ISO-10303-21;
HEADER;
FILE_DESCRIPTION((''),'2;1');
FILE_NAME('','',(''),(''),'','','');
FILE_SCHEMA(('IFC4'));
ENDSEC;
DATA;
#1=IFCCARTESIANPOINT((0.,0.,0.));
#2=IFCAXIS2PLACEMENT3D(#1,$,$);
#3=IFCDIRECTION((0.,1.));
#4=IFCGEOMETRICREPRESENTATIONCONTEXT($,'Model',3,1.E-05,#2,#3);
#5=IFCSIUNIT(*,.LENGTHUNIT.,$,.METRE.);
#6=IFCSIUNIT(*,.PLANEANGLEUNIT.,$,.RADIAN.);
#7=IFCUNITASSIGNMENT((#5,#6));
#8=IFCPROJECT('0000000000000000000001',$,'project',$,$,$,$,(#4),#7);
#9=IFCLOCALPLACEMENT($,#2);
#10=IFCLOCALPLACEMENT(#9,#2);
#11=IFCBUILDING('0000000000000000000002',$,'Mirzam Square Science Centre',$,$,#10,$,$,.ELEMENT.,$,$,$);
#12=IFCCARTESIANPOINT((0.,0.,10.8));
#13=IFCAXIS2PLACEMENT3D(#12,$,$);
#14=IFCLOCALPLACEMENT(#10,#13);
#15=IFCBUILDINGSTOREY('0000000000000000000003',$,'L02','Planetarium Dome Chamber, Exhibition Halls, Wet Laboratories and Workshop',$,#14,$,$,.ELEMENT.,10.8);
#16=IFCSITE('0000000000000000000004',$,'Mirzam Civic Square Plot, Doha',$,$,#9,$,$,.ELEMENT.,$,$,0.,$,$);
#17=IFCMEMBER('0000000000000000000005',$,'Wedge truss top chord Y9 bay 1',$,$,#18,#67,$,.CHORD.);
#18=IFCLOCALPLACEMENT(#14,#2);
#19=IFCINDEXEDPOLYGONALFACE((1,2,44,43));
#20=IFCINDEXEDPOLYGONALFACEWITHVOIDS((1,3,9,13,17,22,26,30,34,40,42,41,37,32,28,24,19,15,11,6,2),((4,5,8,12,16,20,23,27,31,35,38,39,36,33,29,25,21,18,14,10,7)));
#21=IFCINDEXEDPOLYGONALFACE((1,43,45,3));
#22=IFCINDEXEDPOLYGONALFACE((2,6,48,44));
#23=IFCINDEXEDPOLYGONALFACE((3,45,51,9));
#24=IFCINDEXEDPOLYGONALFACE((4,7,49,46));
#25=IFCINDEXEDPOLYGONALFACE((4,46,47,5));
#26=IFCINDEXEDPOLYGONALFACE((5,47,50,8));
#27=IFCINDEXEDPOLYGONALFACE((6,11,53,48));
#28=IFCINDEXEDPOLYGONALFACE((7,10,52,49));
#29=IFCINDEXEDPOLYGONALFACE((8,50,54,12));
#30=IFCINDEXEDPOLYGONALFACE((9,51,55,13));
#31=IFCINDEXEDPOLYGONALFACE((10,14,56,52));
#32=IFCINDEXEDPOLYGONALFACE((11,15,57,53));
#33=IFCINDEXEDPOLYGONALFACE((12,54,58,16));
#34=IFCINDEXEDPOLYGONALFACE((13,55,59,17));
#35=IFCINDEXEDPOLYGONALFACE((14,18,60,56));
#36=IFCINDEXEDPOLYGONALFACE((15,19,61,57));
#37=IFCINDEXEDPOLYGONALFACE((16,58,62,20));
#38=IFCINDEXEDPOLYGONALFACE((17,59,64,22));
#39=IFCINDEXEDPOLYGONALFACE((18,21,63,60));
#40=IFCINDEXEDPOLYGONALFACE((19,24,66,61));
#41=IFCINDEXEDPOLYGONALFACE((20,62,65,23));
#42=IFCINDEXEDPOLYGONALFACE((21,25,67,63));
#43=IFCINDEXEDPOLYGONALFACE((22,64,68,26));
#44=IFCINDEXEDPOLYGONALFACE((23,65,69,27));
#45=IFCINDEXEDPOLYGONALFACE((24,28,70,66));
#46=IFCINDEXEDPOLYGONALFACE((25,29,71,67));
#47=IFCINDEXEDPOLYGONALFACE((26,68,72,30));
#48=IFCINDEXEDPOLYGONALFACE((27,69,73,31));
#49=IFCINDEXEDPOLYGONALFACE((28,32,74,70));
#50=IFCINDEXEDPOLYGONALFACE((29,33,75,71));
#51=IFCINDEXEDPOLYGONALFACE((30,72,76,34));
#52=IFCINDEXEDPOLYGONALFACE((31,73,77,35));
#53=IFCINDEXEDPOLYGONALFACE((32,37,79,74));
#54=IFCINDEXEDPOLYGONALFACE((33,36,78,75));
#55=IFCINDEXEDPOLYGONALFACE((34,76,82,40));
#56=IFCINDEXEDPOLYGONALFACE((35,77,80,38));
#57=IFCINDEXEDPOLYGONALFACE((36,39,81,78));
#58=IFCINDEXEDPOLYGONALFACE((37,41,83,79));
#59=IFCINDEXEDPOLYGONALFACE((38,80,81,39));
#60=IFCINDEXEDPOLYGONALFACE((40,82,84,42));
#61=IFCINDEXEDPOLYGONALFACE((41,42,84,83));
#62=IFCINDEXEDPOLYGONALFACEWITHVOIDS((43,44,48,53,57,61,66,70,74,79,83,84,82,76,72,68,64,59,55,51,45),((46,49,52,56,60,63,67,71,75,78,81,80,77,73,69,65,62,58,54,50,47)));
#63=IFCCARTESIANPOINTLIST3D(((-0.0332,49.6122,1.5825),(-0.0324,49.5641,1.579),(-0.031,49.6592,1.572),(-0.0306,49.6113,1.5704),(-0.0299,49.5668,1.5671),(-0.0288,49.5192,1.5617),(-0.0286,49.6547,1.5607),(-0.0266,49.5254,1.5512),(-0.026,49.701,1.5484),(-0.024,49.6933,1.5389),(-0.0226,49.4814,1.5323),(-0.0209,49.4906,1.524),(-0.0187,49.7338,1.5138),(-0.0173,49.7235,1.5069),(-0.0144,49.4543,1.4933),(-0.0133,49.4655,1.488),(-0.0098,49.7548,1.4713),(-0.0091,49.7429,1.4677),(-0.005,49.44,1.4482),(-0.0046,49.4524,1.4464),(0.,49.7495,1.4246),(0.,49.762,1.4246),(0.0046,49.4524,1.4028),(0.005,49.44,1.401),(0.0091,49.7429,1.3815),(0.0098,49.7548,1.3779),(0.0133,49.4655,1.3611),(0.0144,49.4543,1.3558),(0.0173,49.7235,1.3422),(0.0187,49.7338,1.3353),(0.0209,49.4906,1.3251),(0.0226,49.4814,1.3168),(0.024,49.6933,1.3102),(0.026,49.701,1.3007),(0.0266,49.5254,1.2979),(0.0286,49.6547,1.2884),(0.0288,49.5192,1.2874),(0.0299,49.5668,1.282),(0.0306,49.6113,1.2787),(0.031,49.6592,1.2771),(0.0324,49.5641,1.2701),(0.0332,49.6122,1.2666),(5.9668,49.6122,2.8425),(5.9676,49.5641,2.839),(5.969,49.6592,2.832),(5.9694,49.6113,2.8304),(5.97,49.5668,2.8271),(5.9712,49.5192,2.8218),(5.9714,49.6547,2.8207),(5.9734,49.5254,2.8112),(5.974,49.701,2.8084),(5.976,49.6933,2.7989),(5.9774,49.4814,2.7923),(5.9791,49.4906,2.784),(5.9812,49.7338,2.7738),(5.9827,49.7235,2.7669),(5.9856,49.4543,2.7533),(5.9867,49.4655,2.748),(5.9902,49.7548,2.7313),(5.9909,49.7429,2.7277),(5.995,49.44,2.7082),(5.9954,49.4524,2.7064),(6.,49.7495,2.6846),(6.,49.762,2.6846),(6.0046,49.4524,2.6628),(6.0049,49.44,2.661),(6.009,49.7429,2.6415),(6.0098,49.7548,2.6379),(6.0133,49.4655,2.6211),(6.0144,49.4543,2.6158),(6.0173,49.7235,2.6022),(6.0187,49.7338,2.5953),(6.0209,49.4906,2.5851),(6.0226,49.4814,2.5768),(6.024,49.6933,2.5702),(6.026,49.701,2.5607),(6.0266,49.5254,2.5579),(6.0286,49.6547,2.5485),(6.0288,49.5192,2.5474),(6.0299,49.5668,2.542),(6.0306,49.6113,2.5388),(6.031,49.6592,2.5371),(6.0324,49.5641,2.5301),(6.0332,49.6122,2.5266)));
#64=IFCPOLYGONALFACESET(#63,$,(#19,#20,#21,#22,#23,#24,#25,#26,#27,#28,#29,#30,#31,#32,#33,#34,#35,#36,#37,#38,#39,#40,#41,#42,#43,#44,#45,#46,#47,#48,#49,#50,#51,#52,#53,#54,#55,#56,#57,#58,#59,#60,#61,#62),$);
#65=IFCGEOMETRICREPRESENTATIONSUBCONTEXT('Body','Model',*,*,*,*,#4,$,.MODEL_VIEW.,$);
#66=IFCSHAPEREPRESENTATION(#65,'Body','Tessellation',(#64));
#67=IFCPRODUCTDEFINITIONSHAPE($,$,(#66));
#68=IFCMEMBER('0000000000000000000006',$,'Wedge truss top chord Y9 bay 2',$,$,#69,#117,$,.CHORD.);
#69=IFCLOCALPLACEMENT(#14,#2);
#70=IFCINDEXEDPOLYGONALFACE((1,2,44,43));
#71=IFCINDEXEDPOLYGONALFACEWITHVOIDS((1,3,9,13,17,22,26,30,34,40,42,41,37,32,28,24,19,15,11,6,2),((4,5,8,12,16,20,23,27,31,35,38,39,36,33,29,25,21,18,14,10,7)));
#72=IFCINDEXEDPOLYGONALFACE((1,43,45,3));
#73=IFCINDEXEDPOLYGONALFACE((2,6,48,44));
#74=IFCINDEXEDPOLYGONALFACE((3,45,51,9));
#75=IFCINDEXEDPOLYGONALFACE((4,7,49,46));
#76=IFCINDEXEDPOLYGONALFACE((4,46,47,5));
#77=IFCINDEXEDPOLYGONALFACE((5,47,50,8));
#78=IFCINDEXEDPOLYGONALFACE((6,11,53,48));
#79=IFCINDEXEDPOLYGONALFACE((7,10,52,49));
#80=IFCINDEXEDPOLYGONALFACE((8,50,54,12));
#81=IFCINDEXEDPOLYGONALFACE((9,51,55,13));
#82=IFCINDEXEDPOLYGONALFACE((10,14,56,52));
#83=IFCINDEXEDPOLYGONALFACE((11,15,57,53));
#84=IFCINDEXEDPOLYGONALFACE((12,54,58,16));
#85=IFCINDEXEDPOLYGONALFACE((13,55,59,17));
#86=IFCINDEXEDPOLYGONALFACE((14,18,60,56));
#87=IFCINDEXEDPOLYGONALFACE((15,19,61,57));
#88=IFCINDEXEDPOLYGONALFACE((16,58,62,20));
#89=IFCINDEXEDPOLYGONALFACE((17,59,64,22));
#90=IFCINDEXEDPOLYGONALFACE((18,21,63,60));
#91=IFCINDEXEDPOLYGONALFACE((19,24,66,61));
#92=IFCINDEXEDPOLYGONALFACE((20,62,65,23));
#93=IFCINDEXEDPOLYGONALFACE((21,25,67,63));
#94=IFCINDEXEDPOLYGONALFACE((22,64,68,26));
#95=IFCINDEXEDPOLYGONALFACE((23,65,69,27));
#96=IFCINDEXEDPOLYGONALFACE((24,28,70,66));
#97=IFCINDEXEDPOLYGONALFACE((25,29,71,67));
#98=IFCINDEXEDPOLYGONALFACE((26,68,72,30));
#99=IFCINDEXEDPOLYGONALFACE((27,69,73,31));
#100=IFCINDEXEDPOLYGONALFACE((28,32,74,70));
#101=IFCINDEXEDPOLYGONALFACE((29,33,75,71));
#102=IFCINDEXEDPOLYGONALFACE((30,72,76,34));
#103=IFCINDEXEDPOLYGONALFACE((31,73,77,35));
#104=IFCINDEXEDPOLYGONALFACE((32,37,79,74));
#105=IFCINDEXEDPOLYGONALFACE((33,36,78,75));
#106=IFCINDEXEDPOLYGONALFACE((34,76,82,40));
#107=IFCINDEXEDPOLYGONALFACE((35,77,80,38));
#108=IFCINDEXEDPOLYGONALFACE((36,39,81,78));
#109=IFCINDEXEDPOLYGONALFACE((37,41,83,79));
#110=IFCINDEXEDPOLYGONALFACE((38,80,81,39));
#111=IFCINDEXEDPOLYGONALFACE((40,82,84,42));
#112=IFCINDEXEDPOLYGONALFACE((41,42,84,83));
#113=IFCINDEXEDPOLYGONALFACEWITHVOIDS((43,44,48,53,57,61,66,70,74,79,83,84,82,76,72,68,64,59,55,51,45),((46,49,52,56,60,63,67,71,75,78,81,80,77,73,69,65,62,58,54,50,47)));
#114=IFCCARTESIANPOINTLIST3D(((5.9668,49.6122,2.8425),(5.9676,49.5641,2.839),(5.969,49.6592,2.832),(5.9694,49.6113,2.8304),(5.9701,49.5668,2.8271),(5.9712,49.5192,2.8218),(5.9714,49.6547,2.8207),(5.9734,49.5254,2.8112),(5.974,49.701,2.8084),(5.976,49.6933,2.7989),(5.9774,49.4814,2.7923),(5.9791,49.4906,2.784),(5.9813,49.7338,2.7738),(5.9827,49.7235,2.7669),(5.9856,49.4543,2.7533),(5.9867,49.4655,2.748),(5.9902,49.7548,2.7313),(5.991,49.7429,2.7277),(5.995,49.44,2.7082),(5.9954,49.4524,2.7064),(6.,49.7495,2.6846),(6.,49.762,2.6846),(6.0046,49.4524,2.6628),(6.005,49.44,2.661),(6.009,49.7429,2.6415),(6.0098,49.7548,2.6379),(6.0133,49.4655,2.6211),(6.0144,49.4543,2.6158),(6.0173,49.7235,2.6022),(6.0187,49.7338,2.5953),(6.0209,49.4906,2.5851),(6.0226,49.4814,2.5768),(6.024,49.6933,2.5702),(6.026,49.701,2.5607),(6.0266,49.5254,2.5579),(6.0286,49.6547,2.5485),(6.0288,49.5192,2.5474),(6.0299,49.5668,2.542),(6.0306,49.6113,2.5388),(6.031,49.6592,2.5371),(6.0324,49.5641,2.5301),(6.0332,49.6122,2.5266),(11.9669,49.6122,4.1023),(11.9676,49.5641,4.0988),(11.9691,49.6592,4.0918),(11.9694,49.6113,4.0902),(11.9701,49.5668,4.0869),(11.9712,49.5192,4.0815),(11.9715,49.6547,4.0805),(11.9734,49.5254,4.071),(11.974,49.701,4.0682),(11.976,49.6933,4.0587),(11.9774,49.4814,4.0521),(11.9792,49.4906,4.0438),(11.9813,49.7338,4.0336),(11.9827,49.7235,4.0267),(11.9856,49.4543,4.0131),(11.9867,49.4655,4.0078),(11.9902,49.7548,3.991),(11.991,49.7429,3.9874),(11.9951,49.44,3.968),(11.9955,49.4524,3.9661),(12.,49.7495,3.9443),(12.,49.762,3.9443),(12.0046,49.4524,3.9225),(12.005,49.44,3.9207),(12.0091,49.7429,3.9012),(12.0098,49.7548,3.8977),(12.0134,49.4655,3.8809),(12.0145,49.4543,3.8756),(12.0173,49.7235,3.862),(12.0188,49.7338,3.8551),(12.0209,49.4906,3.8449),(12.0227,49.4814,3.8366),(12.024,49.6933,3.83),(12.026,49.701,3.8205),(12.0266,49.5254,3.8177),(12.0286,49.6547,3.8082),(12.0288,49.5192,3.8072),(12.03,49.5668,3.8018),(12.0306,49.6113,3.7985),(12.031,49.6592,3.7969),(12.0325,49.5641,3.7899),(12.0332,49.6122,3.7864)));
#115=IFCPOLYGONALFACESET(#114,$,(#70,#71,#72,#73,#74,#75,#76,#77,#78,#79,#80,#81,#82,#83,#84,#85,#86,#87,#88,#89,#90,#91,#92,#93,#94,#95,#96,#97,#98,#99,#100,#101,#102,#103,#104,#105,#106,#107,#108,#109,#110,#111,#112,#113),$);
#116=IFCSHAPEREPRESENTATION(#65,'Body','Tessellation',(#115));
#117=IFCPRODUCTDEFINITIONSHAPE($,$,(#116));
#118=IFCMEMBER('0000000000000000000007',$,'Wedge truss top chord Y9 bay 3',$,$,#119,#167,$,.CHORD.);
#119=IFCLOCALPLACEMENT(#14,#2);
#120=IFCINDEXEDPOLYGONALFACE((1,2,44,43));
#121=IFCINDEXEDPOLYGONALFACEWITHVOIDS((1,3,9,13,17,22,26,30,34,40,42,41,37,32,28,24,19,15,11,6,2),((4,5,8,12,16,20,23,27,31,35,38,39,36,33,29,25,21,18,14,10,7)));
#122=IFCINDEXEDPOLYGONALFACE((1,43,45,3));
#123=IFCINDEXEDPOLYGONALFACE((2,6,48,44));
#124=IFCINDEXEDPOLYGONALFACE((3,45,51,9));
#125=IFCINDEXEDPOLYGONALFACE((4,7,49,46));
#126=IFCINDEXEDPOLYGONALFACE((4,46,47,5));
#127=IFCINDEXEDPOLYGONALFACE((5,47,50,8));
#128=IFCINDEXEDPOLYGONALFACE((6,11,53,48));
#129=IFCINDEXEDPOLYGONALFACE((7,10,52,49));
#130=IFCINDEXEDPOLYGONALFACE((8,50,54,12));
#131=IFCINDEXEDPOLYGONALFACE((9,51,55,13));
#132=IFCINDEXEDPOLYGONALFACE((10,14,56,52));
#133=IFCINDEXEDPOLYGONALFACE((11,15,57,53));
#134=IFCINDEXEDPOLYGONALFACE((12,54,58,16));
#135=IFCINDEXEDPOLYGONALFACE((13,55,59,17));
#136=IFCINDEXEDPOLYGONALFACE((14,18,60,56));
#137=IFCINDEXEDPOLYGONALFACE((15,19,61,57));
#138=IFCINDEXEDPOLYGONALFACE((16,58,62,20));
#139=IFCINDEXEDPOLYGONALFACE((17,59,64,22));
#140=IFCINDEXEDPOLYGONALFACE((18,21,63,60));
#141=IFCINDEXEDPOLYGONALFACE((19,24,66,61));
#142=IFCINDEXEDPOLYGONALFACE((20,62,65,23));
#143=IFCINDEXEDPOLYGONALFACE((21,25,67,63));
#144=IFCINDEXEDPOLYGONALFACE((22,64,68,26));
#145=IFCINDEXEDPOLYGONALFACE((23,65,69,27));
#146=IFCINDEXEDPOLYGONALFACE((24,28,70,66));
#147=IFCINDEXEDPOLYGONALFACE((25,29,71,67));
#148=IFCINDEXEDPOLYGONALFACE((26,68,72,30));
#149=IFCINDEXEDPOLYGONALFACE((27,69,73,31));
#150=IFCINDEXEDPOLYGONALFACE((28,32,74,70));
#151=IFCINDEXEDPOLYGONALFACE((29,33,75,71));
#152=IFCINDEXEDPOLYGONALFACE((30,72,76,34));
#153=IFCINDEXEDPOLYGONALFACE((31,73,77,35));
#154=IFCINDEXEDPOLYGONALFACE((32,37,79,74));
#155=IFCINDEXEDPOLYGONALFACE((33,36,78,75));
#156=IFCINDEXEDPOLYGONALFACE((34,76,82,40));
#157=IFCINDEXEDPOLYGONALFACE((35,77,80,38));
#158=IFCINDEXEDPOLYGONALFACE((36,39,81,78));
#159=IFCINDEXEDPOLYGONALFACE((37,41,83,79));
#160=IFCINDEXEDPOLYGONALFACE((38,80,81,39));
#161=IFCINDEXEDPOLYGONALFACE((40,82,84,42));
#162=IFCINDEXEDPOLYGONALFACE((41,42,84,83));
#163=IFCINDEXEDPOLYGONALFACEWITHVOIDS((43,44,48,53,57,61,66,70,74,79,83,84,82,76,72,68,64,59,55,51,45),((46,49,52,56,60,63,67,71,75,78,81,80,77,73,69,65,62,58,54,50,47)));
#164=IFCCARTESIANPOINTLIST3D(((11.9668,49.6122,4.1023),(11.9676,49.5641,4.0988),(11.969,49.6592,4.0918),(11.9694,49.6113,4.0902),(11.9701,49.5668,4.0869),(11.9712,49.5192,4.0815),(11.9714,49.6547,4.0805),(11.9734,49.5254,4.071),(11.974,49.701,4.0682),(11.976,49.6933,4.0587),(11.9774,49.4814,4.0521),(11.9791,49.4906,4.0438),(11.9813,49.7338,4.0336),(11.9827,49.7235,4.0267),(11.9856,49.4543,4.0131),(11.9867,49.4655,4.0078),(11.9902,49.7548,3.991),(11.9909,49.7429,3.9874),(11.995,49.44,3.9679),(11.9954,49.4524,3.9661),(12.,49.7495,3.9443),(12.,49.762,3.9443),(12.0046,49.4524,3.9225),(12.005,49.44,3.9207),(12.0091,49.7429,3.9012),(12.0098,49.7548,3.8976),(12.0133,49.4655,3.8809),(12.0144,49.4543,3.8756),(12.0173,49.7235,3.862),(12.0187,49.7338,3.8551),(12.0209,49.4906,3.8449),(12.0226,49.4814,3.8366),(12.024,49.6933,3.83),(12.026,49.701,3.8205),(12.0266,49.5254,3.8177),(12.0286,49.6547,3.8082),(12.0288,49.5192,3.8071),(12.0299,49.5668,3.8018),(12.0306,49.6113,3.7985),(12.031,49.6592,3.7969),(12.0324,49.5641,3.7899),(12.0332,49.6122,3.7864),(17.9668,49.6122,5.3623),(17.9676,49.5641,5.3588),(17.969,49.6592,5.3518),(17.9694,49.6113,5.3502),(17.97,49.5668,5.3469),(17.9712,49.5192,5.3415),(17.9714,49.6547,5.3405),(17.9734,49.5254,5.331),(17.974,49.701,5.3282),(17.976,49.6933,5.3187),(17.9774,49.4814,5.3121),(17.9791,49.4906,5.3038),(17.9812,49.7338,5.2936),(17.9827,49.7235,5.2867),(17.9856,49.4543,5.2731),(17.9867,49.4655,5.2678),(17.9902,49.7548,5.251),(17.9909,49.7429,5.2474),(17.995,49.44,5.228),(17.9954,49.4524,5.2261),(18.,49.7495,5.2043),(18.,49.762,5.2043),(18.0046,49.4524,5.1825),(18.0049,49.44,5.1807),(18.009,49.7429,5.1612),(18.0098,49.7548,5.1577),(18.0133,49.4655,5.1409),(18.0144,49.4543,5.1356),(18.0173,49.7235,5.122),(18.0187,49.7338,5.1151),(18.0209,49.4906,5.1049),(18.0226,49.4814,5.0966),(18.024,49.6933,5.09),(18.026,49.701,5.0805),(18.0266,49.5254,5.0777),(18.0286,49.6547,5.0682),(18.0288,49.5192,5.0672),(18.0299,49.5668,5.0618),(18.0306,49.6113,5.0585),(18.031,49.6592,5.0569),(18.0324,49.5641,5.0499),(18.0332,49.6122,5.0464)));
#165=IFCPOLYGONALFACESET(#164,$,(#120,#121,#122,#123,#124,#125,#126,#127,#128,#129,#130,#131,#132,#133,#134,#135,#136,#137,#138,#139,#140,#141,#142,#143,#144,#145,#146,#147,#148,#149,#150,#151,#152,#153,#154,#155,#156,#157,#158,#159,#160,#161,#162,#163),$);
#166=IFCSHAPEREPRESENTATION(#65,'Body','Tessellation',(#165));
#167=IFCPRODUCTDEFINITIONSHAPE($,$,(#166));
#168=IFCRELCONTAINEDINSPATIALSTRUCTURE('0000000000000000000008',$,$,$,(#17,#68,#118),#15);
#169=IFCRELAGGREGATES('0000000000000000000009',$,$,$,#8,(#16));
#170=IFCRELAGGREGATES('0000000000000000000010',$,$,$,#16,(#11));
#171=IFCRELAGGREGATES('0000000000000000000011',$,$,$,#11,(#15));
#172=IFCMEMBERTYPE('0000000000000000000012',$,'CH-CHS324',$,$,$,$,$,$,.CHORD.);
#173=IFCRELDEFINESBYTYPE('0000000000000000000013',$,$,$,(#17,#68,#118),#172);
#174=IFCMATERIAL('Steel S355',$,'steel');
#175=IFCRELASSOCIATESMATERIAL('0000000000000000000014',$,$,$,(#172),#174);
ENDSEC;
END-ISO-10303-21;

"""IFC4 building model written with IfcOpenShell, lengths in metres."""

from ifc_helpers import new_model, si_unit, direction, frame, origin, origin_2d, place, context, subcontext, project, spatial, hollow_circle, extrude, material, material_profile, profile_set, type_object, element, save


model = new_model("IFC4")

# Units and contexts
model_context = context("Model", 3, precision=1e-05, world=origin(), true_north=direction((0.0, 1.0)))
body_context = subcontext(model_context, "Body", "Model", "MODEL_VIEW")
ifc_project = project(units=[si_unit("LENGTHUNIT", "METRE"), si_unit("PLANEANGLEUNIT", "RADIAN")], contexts=[model_context])

# Site, building, storey
site_placement = place(None, origin())
site = spatial("IfcSite", under=ifc_project, at=site_placement, Name="Mirzam Civic Square Plot, Doha", CompositionType="ELEMENT", RefElevation=0.0)
building_placement = place(site_placement, origin())
building = spatial("IfcBuilding", under=site, at=building_placement, Name="Mirzam Square Science Centre", CompositionType="ELEMENT")
storey_placement = place(building_placement, frame((0.0, 0.0, 10.8)))
storey = spatial("IfcBuildingStorey", under=building, at=storey_placement, Name="L02", Description="Planetarium Dome Chamber, Exhibition Halls, Wet Laboratories and Workshop", CompositionType="ELEMENT", Elevation=10.8)

# Shared definitions
ifc_material_1 = material(Name="Steel S355", Category="steel")

# Members
ifc_material_profile_1 = material_profile(ifc_material_1, hollow_circle(Radius=0.1619, WallThickness=0.0125, at=origin_2d()), Name="323.9x12.5CHS")
ifc_profile_set_1 = profile_set([ifc_material_profile_1], Name="Steel S355")
member_type_1 = type_object("IfcMemberType", Name="CH-CHS324", PredefinedType="CHORD", material=ifc_profile_set_1)
for number, where, z_axis, x_axis, name in (
    (1, (0.0, 49.6001, 1.4246), (0.978653, 0.0, 0.205519), (0.0, 1.0, 0.0), "Wedge truss top chord Y9 bay 1"),
    (2, (6.0, 49.6001, 2.6846), (0.978661, 0.0, 0.205481), (0.0, 1.0, 0.0), "Wedge truss top chord Y9 bay 2"),
    (3, (12.0, 49.6001, 3.9443), (0.978653, 0.0, 0.205519), (0.0, 1.0, 0.0), "Wedge truss top chord Y9 bay 3"),
):
    element("IfcMember", number, at=place(storey_placement, frame(where, z_axis=z_axis, x_axis=x_axis)), inside=storey, type_object=member_type_1, Name=name, PredefinedType="CHORD", context=body_context, shape_type="SweptSolid", body=[
        extrude(hollow_circle(Radius=0.1619, WallThickness=0.0125, at=origin_2d()), origin(), (0.0, 0.0, 1.0), 6.1309),
    ])

save(model, "model.ifc")
